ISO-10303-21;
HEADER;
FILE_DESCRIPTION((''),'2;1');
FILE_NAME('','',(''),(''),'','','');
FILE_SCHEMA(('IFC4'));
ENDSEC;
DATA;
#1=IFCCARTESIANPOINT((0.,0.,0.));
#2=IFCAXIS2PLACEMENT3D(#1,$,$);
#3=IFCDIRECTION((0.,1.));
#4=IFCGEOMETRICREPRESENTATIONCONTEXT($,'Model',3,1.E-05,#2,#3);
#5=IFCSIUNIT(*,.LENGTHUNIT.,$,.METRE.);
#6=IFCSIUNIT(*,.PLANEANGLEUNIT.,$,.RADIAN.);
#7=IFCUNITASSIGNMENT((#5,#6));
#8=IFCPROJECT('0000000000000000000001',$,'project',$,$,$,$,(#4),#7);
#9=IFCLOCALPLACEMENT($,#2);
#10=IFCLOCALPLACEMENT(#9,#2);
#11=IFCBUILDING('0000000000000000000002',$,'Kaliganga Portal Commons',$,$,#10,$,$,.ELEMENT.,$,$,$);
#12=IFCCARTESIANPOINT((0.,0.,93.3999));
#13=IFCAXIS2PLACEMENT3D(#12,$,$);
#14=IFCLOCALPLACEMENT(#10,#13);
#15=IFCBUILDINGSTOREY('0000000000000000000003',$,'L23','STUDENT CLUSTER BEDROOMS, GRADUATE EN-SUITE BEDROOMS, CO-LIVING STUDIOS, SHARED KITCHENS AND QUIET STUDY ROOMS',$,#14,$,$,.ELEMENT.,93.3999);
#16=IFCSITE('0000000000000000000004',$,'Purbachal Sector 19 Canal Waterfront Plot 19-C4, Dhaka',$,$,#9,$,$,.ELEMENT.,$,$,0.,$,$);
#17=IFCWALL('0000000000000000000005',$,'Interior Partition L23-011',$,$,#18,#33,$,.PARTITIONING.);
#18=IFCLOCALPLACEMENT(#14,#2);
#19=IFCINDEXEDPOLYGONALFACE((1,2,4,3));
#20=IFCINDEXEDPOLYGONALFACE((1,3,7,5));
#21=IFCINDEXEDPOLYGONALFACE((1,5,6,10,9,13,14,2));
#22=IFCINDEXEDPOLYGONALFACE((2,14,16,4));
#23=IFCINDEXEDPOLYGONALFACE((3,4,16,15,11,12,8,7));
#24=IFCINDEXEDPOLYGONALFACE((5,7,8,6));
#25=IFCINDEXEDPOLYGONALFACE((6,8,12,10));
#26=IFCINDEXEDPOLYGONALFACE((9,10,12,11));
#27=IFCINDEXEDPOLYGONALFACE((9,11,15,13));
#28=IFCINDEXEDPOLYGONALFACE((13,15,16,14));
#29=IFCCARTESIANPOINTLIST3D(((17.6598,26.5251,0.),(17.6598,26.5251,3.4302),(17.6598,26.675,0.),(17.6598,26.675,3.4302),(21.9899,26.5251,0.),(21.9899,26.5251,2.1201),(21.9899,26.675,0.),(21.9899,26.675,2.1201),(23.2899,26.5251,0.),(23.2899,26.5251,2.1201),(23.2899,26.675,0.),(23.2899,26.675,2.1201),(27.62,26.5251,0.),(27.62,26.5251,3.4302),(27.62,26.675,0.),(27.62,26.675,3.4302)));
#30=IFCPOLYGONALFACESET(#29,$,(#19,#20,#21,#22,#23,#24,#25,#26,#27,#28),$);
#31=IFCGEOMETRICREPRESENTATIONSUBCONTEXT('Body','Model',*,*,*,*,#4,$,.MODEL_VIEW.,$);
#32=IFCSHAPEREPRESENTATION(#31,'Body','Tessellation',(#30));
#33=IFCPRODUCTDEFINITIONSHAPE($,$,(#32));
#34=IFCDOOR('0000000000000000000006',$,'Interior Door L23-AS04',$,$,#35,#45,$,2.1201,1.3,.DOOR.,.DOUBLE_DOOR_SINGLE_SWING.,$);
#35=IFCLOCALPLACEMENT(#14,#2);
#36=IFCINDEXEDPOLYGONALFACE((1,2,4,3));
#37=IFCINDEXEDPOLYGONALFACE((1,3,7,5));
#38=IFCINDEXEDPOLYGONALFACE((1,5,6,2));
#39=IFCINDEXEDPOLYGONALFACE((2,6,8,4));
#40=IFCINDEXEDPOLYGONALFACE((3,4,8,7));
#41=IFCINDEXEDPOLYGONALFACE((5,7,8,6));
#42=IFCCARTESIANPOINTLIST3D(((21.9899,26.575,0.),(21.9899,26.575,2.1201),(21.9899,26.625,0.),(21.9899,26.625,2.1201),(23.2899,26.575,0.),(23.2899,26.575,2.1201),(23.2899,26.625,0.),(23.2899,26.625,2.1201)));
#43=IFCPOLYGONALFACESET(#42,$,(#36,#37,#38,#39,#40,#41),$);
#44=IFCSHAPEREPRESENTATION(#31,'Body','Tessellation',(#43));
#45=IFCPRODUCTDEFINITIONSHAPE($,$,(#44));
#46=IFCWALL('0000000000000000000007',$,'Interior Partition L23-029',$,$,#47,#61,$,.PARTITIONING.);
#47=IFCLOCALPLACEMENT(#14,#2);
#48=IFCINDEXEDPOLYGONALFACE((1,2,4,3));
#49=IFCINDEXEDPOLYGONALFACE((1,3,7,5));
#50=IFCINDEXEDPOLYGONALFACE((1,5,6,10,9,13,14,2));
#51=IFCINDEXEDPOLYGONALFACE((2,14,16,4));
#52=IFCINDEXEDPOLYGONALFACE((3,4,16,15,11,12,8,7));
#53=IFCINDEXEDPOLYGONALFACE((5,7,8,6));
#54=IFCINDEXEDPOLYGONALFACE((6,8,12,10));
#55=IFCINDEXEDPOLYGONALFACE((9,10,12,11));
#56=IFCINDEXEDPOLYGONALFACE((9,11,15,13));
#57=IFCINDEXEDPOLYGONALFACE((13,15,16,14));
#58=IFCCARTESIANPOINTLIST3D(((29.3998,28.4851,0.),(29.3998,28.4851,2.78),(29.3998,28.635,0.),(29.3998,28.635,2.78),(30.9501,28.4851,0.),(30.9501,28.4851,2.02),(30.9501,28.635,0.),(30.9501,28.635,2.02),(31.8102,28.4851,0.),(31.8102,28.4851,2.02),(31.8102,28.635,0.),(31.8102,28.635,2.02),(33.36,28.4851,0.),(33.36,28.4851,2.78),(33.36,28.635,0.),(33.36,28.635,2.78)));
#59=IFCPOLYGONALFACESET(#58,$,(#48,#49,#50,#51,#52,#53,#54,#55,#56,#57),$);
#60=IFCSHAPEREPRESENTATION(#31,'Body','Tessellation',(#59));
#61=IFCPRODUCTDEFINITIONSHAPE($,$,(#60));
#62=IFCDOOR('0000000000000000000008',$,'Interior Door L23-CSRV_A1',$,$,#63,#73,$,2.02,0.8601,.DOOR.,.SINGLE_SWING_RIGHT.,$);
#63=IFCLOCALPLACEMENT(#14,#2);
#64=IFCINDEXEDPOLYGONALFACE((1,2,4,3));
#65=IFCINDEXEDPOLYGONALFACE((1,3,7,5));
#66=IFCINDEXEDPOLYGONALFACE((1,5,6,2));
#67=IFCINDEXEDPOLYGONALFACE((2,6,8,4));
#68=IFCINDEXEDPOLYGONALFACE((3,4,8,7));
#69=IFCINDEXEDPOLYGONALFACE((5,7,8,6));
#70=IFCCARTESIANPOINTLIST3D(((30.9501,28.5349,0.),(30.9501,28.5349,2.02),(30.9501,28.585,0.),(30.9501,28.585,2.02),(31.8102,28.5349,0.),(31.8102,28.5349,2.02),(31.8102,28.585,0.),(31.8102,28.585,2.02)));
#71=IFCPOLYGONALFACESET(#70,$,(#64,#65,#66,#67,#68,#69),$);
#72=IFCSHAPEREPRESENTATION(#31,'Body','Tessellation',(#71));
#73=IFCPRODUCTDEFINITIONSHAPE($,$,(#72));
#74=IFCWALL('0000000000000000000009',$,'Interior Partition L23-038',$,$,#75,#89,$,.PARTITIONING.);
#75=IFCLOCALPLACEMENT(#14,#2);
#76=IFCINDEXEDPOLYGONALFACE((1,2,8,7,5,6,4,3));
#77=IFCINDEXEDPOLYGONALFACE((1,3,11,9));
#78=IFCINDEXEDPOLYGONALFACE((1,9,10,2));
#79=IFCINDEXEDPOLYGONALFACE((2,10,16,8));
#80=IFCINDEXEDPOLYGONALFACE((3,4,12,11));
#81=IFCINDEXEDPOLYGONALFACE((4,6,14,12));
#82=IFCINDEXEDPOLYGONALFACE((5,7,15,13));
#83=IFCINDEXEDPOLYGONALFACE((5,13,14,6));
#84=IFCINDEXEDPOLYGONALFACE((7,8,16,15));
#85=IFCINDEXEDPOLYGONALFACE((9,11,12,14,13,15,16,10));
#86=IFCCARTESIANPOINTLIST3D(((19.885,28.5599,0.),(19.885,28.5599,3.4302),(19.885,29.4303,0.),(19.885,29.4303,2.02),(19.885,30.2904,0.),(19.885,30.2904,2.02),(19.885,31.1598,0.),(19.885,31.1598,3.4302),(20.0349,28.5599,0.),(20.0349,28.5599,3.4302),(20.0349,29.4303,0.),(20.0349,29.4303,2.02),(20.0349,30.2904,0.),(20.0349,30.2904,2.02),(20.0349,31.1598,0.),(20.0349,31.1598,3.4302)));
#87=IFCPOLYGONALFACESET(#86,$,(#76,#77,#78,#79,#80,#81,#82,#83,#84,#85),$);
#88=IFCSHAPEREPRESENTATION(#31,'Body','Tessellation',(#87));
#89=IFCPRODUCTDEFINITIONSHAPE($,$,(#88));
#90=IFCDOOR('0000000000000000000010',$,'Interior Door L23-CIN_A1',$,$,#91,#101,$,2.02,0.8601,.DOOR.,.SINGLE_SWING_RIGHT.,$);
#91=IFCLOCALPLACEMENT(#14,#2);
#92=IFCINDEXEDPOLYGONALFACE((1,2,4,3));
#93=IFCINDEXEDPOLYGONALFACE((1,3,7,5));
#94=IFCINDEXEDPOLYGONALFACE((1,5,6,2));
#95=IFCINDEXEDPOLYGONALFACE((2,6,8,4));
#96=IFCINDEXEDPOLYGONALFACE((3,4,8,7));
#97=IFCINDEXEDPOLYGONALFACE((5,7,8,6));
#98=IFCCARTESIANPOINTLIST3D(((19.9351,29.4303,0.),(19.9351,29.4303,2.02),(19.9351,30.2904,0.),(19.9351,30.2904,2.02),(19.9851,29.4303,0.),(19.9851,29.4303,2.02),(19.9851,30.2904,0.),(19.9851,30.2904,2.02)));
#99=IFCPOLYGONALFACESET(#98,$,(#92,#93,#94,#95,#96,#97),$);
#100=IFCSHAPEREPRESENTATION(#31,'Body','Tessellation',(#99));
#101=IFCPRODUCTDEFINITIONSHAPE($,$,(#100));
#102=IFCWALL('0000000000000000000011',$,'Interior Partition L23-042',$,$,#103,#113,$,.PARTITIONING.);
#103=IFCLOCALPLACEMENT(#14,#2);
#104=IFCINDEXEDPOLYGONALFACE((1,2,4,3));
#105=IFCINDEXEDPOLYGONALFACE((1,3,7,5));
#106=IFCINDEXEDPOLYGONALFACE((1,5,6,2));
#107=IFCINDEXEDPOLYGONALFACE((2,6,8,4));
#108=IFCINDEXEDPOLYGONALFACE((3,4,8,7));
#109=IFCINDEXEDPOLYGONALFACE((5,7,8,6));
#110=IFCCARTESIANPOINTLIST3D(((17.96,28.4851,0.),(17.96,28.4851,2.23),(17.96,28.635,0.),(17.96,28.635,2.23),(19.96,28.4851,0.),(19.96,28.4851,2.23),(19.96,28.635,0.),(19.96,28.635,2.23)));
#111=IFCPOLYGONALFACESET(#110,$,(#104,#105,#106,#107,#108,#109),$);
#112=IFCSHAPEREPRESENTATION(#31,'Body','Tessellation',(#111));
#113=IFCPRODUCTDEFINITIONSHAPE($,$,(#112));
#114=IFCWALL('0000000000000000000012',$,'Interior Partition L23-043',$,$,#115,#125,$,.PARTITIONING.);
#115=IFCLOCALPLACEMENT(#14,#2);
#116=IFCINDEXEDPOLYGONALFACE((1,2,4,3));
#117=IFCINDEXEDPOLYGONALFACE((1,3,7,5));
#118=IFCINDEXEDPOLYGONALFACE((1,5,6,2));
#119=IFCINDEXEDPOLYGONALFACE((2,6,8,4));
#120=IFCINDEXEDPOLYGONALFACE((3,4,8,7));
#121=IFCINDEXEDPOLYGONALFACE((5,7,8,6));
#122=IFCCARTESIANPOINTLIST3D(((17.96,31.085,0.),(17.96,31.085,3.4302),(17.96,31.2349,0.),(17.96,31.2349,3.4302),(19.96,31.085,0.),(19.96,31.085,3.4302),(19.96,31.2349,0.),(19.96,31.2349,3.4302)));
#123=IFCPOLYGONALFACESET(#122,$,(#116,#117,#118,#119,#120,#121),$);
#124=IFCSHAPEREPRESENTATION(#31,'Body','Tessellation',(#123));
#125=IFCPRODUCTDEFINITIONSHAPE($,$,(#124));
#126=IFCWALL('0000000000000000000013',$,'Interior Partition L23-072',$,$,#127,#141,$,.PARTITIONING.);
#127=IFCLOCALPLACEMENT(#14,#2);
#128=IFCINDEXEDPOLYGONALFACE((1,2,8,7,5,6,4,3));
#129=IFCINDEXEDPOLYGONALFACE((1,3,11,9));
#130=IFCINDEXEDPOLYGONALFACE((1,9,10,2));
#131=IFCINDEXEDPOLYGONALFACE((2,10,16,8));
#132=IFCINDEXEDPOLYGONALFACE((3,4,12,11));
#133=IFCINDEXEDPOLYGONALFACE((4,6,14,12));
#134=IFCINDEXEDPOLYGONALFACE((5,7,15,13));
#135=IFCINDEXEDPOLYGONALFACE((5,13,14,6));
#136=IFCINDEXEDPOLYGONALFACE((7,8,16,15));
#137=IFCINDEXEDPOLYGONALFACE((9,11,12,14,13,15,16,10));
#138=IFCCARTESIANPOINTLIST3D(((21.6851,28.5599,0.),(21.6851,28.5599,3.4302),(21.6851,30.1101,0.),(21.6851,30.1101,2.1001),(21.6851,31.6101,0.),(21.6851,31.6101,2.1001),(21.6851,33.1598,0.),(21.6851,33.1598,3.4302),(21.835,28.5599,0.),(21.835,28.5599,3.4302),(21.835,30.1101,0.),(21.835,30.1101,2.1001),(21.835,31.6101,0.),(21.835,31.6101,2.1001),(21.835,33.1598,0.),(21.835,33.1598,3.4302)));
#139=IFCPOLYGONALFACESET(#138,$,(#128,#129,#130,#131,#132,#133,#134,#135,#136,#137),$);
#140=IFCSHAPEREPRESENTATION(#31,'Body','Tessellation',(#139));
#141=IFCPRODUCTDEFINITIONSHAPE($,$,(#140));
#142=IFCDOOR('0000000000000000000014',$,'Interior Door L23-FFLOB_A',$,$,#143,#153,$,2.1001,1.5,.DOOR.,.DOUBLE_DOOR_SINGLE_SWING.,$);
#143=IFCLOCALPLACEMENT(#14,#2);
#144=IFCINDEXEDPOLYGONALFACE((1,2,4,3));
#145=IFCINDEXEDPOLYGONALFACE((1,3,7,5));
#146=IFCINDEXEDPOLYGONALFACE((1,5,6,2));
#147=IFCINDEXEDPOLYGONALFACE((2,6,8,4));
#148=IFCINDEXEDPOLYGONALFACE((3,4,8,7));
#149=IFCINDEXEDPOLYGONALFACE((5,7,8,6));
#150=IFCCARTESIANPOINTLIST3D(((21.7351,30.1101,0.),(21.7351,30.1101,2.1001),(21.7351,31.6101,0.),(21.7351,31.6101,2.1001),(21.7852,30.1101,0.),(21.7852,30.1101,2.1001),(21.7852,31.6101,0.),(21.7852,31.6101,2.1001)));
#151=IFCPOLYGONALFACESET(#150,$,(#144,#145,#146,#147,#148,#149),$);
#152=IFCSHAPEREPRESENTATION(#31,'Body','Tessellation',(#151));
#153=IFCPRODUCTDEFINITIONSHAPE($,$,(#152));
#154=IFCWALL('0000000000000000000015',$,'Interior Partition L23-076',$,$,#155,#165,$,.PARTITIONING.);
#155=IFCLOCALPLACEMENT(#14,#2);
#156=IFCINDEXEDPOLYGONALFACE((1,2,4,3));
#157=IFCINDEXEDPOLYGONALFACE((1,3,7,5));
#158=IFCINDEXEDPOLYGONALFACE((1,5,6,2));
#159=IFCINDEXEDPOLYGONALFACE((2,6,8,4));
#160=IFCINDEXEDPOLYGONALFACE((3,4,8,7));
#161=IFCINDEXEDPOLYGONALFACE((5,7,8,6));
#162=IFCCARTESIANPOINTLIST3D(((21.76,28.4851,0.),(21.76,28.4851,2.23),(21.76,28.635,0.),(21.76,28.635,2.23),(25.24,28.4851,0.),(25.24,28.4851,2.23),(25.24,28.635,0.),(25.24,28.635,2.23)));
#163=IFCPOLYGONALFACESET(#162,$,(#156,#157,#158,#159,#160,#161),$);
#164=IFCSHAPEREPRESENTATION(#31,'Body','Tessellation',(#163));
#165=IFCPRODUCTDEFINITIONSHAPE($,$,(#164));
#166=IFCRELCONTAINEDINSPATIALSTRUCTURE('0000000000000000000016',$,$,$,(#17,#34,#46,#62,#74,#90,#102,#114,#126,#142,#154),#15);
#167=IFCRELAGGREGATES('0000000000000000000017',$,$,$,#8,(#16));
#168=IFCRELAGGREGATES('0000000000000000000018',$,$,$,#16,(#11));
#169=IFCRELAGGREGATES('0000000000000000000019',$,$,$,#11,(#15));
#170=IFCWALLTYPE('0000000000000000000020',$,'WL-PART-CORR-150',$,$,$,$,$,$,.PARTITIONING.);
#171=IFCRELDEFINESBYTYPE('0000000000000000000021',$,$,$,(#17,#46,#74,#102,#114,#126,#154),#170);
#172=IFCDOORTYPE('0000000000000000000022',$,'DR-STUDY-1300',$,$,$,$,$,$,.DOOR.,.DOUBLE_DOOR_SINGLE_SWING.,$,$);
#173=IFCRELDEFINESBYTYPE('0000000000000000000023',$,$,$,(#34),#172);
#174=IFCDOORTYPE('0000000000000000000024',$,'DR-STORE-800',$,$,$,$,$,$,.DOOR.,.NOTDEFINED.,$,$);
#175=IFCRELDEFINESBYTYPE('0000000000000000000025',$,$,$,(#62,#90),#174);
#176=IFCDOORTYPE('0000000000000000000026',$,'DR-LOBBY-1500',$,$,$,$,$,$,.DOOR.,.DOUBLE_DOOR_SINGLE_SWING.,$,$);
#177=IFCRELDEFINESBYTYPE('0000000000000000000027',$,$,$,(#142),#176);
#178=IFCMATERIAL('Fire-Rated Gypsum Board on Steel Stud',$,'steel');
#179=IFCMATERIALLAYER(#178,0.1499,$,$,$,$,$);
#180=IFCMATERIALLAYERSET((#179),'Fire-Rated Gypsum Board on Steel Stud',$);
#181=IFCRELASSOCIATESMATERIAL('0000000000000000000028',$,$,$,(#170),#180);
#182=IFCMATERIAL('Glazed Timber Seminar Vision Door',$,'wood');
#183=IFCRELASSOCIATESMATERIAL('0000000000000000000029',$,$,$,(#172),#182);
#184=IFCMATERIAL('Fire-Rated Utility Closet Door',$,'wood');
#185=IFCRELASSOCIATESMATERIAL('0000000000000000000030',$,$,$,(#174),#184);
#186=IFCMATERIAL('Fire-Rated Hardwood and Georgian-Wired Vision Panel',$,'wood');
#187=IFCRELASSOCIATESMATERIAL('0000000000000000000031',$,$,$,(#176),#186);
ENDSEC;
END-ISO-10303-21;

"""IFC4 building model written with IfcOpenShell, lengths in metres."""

from ifc_helpers import new_model, si_unit, direction, frame, frame_2d, origin, place, context, subcontext, project, spatial, rectangle, extrude, material, layer, layer_set, type_object, element, fill, save


model = new_model("IFC4")

# Units and contexts
model_context = context("Model", 3, precision=1e-05, world=origin(), true_north=direction((0.0, 1.0)))
body_context = subcontext(model_context, "Body", "Model", "MODEL_VIEW")
ifc_project = project(units=[si_unit("LENGTHUNIT", "METRE"), si_unit("PLANEANGLEUNIT", "RADIAN")], contexts=[model_context])

# Site, building, storey
site_placement = place(None, origin())
site = spatial("IfcSite", under=ifc_project, at=site_placement, Name="Purbachal Sector 19 Canal Waterfront Plot 19-C4, Dhaka", CompositionType="ELEMENT", RefElevation=0.0)
building_placement = place(site_placement, origin())
building = spatial("IfcBuilding", under=site, at=building_placement, Name="Kaliganga Portal Commons", CompositionType="ELEMENT")
storey_placement = place(building_placement, frame((0.0, 0.0, 93.3999)))
storey = spatial("IfcBuildingStorey", under=building, at=storey_placement, Name="L23", Description="STUDENT CLUSTER BEDROOMS, GRADUATE EN-SUITE BEDROOMS, CO-LIVING STUDIOS, SHARED KITCHENS AND QUIET STUDY ROOMS", CompositionType="ELEMENT", Elevation=93.3999)

# Walls, openings, doors
ifc_material_1 = material(Name="Fire-Rated Gypsum Board on Steel Stud", Category="steel")
ifc_layer_1 = layer(ifc_material_1, 0.1499)
ifc_layer_set_1 = layer_set([ifc_layer_1], Name="Fire-Rated Gypsum Board on Steel Stud")
wall_type_1 = type_object("IfcWallType", Name="WL-PART-CORR-150", PredefinedType="PARTITIONING", material=ifc_layer_set_1)
wall_1_placement = place(storey_placement, frame((17.6599, 26.6001, 0.0), z_axis=(0.0, 0.0, 1.0), x_axis=(1.0, 0.0, 0.0)))
wall_1 = element("IfcWall", 1, at=wall_1_placement, inside=storey, type_object=wall_type_1, Name="Interior Partition L23-011", PredefinedType="PARTITIONING", context=body_context, shape_type="SweptSolid", body=[
    extrude(rectangle(XDim=9.9602, YDim=0.1499, at=frame_2d((4.98, 0.0))), origin(), (0.0, 0.0, 1.0), 3.4302),
])
opening_1_placement = place(wall_1_placement, frame((4.3301, 0.0, 0.0)))
opening_1 = element("IfcOpeningElement", 2, at=opening_1_placement, cuts=wall_1, PredefinedType="OPENING", context=body_context, shape_type="SweptSolid", body=[
    extrude(rectangle(XDim=1.3, YDim=2.1201, at=frame_2d((0.6499, 1.0601))), frame((0.0, 0.085, 0.0), z_axis=(0.0, -1.0, 0.0), x_axis=(1.0, 0.0, 0.0)), (0.0, 0.0, 1.0), 0.1699),
])
ifc_material_2 = material(Name="Glazed Timber Seminar Vision Door", Category="wood")
door_type_1 = type_object("IfcDoorType", Name="DR-STUDY-1300", OperationType="DOUBLE_DOOR_SINGLE_SWING", PredefinedType="DOOR", material=ifc_material_2)
door_1_placement = place(opening_1_placement, origin())
door_1 = element("IfcDoor", 3, at=door_1_placement, inside=storey, type_object=door_type_1, Name="Interior Door L23-AS04", OperationType="DOUBLE_DOOR_SINGLE_SWING", OverallHeight=2.1201, OverallWidth=1.3, PredefinedType="DOOR", context=body_context, shape_type="SweptSolid", body=[
    extrude(rectangle(XDim=1.3, YDim=2.1201, at=frame_2d((0.6499, 1.0601))), frame((0.0, 0.0249, 0.0), z_axis=(0.0, -1.0, 0.0), x_axis=(1.0, 0.0, 0.0)), (0.0, 0.0, 1.0), 0.05),
])
fill(opening_1, door_1)
wall_2_placement = place(storey_placement, frame((29.3999, 28.5601, 0.0), z_axis=(0.0, 0.0, 1.0), x_axis=(1.0, 0.0, 0.0)))
wall_2 = element("IfcWall", 4, at=wall_2_placement, inside=storey, type_object=wall_type_1, Name="Interior Partition L23-029", PredefinedType="PARTITIONING", context=body_context, shape_type="SweptSolid", body=[
    extrude(rectangle(XDim=3.9602, YDim=0.1499, at=frame_2d((1.98, 0.0))), origin(), (0.0, 0.0, 1.0), 2.78),
])
opening_2_placement = place(wall_2_placement, frame((1.55, 0.0, 0.0)))
opening_2 = element("IfcOpeningElement", 5, at=opening_2_placement, cuts=wall_2, PredefinedType="OPENING", context=body_context, shape_type="SweptSolid", body=[
    extrude(rectangle(XDim=0.8601, YDim=2.02, at=frame_2d((0.4302, 1.01))), frame((0.0, 0.085, 0.0), z_axis=(0.0, -1.0, 0.0), x_axis=(1.0, 0.0, 0.0)), (0.0, 0.0, 1.0), 0.1699),
])
ifc_material_3 = material(Name="Fire-Rated Utility Closet Door", Category="wood")
door_type_2 = type_object("IfcDoorType", Name="DR-STORE-800", OperationType="NOTDEFINED", PredefinedType="DOOR", material=ifc_material_3)
door_2_placement = place(opening_2_placement, origin())
door_2 = element("IfcDoor", 6, at=door_2_placement, inside=storey, type_object=door_type_2, Name="Interior Door L23-CSRV_A1", OperationType="SINGLE_SWING_RIGHT", OverallHeight=2.02, OverallWidth=0.8601, PredefinedType="DOOR", context=body_context, shape_type="SweptSolid", body=[
    extrude(rectangle(XDim=0.8601, YDim=2.02, at=frame_2d((0.4302, 1.01))), frame((0.0, 0.0249, 0.0), z_axis=(0.0, -1.0, 0.0), x_axis=(1.0, 0.0, 0.0)), (0.0, 0.0, 1.0), 0.05),
])
fill(opening_2, door_2)
wall_3_placement = place(storey_placement, frame((19.96, 28.5601, 0.0), z_axis=(0.0, 0.0, 1.0), x_axis=(0.0, 1.0, 0.0)))
wall_3 = element("IfcWall", 7, at=wall_3_placement, inside=storey, type_object=wall_type_1, Name="Interior Partition L23-038", PredefinedType="PARTITIONING", context=body_context, shape_type="SweptSolid", body=[
    extrude(rectangle(XDim=2.5999, YDim=0.1499, at=frame_2d((1.2998, 0.0))), origin(), (0.0, 0.0, 1.0), 3.4302),
])
opening_3_placement = place(wall_3_placement, frame((0.8701, 0.0, 0.0)))
opening_3 = element("IfcOpeningElement", 8, at=opening_3_placement, cuts=wall_3, PredefinedType="OPENING", context=body_context, shape_type="SweptSolid", body=[
    extrude(rectangle(XDim=0.8601, YDim=2.02, at=frame_2d((0.4302, 1.01))), frame((0.0, 0.085, 0.0), z_axis=(0.0, -1.0, 0.0), x_axis=(1.0, 0.0, 0.0)), (0.0, 0.0, 1.0), 0.1699),
])
door_3_placement = place(opening_3_placement, origin())
door_3 = element("IfcDoor", 9, at=door_3_placement, inside=storey, type_object=door_type_2, Name="Interior Door L23-CIN_A1", OperationType="SINGLE_SWING_RIGHT", OverallHeight=2.02, OverallWidth=0.8601, PredefinedType="DOOR", context=body_context, shape_type="SweptSolid", body=[
    extrude(rectangle(XDim=0.8601, YDim=2.02, at=frame_2d((0.4302, 1.01))), frame((0.0, 0.0249, 0.0), z_axis=(0.0, -1.0, 0.0), x_axis=(1.0, 0.0, 0.0)), (0.0, 0.0, 1.0), 0.05),
])
fill(opening_3, door_3)

# Walls
wall_4_placement = place(storey_placement, frame((17.96, 28.5601, 0.0), z_axis=(0.0, 0.0, 1.0), x_axis=(1.0, 0.0, 0.0)))
element("IfcWall", 10, at=wall_4_placement, inside=storey, type_object=wall_type_1, Name="Interior Partition L23-042", PredefinedType="PARTITIONING", context=body_context, shape_type="SweptSolid", body=[
    extrude(rectangle(XDim=2.0, YDim=0.1499, at=frame_2d((1.0, 0.0))), origin(), (0.0, 0.0, 1.0), 2.23),
])
wall_5_placement = place(storey_placement, frame((17.96, 31.1599, 0.0), z_axis=(0.0, 0.0, 1.0), x_axis=(1.0, 0.0, 0.0)))
element("IfcWall", 11, at=wall_5_placement, inside=storey, type_object=wall_type_1, Name="Interior Partition L23-043", PredefinedType="PARTITIONING", context=body_context, shape_type="SweptSolid", body=[
    extrude(rectangle(XDim=2.0, YDim=0.1499, at=frame_2d((1.0, 0.0))), origin(), (0.0, 0.0, 1.0), 3.4302),
])

# Wall, opening, door
wall_6_placement = place(storey_placement, frame((21.76, 28.5601, 0.0), z_axis=(0.0, 0.0, 1.0), x_axis=(0.0, 1.0, 0.0)))
wall_6 = element("IfcWall", 12, at=wall_6_placement, inside=storey, type_object=wall_type_1, Name="Interior Partition L23-072", PredefinedType="PARTITIONING", context=body_context, shape_type="SweptSolid", body=[
    extrude(rectangle(XDim=4.5999, YDim=0.1499, at=frame_2d((2.2998, 0.0))), origin(), (0.0, 0.0, 1.0), 3.4302),
])
opening_4_placement = place(wall_6_placement, frame((1.55, 0.0, 0.0)))
opening_4 = element("IfcOpeningElement", 13, at=opening_4_placement, cuts=wall_6, PredefinedType="OPENING", context=body_context, shape_type="SweptSolid", body=[
    extrude(rectangle(XDim=1.5, YDim=2.1001, at=frame_2d((0.75, 1.05))), frame((0.0, 0.085, 0.0), z_axis=(0.0, -1.0, 0.0), x_axis=(1.0, 0.0, 0.0)), (0.0, 0.0, 1.0), 0.1699),
])
ifc_material_4 = material(Name="Fire-Rated Hardwood and Georgian-Wired Vision Panel", Category="wood")
door_type_3 = type_object("IfcDoorType", Name="DR-LOBBY-1500", OperationType="DOUBLE_DOOR_SINGLE_SWING", PredefinedType="DOOR", material=ifc_material_4)
door_4_placement = place(opening_4_placement, origin())
door_4 = element("IfcDoor", 14, at=door_4_placement, inside=storey, type_object=door_type_3, Name="Interior Door L23-FFLOB_A", OperationType="DOUBLE_DOOR_SINGLE_SWING", OverallHeight=2.1001, OverallWidth=1.5, PredefinedType="DOOR", context=body_context, shape_type="SweptSolid", body=[
    extrude(rectangle(XDim=1.5, YDim=2.1001, at=frame_2d((0.75, 1.05))), frame((0.0, 0.0249, 0.0), z_axis=(0.0, -1.0, 0.0), x_axis=(1.0, 0.0, 0.0)), (0.0, 0.0, 1.0), 0.05),
])
fill(opening_4, door_4)

# Wall
wall_7_placement = place(storey_placement, frame((21.76, 28.5601, 0.0), z_axis=(0.0, 0.0, 1.0), x_axis=(1.0, 0.0, 0.0)))
element("IfcWall", 15, at=wall_7_placement, inside=storey, type_object=wall_type_1, Name="Interior Partition L23-076", PredefinedType="PARTITIONING", context=body_context, shape_type="SweptSolid", body=[
    extrude(rectangle(XDim=3.48, YDim=0.1499, at=frame_2d((1.74, 0.0))), origin(), (0.0, 0.0, 1.0), 2.23),
])

save(model, "model.ifc")
